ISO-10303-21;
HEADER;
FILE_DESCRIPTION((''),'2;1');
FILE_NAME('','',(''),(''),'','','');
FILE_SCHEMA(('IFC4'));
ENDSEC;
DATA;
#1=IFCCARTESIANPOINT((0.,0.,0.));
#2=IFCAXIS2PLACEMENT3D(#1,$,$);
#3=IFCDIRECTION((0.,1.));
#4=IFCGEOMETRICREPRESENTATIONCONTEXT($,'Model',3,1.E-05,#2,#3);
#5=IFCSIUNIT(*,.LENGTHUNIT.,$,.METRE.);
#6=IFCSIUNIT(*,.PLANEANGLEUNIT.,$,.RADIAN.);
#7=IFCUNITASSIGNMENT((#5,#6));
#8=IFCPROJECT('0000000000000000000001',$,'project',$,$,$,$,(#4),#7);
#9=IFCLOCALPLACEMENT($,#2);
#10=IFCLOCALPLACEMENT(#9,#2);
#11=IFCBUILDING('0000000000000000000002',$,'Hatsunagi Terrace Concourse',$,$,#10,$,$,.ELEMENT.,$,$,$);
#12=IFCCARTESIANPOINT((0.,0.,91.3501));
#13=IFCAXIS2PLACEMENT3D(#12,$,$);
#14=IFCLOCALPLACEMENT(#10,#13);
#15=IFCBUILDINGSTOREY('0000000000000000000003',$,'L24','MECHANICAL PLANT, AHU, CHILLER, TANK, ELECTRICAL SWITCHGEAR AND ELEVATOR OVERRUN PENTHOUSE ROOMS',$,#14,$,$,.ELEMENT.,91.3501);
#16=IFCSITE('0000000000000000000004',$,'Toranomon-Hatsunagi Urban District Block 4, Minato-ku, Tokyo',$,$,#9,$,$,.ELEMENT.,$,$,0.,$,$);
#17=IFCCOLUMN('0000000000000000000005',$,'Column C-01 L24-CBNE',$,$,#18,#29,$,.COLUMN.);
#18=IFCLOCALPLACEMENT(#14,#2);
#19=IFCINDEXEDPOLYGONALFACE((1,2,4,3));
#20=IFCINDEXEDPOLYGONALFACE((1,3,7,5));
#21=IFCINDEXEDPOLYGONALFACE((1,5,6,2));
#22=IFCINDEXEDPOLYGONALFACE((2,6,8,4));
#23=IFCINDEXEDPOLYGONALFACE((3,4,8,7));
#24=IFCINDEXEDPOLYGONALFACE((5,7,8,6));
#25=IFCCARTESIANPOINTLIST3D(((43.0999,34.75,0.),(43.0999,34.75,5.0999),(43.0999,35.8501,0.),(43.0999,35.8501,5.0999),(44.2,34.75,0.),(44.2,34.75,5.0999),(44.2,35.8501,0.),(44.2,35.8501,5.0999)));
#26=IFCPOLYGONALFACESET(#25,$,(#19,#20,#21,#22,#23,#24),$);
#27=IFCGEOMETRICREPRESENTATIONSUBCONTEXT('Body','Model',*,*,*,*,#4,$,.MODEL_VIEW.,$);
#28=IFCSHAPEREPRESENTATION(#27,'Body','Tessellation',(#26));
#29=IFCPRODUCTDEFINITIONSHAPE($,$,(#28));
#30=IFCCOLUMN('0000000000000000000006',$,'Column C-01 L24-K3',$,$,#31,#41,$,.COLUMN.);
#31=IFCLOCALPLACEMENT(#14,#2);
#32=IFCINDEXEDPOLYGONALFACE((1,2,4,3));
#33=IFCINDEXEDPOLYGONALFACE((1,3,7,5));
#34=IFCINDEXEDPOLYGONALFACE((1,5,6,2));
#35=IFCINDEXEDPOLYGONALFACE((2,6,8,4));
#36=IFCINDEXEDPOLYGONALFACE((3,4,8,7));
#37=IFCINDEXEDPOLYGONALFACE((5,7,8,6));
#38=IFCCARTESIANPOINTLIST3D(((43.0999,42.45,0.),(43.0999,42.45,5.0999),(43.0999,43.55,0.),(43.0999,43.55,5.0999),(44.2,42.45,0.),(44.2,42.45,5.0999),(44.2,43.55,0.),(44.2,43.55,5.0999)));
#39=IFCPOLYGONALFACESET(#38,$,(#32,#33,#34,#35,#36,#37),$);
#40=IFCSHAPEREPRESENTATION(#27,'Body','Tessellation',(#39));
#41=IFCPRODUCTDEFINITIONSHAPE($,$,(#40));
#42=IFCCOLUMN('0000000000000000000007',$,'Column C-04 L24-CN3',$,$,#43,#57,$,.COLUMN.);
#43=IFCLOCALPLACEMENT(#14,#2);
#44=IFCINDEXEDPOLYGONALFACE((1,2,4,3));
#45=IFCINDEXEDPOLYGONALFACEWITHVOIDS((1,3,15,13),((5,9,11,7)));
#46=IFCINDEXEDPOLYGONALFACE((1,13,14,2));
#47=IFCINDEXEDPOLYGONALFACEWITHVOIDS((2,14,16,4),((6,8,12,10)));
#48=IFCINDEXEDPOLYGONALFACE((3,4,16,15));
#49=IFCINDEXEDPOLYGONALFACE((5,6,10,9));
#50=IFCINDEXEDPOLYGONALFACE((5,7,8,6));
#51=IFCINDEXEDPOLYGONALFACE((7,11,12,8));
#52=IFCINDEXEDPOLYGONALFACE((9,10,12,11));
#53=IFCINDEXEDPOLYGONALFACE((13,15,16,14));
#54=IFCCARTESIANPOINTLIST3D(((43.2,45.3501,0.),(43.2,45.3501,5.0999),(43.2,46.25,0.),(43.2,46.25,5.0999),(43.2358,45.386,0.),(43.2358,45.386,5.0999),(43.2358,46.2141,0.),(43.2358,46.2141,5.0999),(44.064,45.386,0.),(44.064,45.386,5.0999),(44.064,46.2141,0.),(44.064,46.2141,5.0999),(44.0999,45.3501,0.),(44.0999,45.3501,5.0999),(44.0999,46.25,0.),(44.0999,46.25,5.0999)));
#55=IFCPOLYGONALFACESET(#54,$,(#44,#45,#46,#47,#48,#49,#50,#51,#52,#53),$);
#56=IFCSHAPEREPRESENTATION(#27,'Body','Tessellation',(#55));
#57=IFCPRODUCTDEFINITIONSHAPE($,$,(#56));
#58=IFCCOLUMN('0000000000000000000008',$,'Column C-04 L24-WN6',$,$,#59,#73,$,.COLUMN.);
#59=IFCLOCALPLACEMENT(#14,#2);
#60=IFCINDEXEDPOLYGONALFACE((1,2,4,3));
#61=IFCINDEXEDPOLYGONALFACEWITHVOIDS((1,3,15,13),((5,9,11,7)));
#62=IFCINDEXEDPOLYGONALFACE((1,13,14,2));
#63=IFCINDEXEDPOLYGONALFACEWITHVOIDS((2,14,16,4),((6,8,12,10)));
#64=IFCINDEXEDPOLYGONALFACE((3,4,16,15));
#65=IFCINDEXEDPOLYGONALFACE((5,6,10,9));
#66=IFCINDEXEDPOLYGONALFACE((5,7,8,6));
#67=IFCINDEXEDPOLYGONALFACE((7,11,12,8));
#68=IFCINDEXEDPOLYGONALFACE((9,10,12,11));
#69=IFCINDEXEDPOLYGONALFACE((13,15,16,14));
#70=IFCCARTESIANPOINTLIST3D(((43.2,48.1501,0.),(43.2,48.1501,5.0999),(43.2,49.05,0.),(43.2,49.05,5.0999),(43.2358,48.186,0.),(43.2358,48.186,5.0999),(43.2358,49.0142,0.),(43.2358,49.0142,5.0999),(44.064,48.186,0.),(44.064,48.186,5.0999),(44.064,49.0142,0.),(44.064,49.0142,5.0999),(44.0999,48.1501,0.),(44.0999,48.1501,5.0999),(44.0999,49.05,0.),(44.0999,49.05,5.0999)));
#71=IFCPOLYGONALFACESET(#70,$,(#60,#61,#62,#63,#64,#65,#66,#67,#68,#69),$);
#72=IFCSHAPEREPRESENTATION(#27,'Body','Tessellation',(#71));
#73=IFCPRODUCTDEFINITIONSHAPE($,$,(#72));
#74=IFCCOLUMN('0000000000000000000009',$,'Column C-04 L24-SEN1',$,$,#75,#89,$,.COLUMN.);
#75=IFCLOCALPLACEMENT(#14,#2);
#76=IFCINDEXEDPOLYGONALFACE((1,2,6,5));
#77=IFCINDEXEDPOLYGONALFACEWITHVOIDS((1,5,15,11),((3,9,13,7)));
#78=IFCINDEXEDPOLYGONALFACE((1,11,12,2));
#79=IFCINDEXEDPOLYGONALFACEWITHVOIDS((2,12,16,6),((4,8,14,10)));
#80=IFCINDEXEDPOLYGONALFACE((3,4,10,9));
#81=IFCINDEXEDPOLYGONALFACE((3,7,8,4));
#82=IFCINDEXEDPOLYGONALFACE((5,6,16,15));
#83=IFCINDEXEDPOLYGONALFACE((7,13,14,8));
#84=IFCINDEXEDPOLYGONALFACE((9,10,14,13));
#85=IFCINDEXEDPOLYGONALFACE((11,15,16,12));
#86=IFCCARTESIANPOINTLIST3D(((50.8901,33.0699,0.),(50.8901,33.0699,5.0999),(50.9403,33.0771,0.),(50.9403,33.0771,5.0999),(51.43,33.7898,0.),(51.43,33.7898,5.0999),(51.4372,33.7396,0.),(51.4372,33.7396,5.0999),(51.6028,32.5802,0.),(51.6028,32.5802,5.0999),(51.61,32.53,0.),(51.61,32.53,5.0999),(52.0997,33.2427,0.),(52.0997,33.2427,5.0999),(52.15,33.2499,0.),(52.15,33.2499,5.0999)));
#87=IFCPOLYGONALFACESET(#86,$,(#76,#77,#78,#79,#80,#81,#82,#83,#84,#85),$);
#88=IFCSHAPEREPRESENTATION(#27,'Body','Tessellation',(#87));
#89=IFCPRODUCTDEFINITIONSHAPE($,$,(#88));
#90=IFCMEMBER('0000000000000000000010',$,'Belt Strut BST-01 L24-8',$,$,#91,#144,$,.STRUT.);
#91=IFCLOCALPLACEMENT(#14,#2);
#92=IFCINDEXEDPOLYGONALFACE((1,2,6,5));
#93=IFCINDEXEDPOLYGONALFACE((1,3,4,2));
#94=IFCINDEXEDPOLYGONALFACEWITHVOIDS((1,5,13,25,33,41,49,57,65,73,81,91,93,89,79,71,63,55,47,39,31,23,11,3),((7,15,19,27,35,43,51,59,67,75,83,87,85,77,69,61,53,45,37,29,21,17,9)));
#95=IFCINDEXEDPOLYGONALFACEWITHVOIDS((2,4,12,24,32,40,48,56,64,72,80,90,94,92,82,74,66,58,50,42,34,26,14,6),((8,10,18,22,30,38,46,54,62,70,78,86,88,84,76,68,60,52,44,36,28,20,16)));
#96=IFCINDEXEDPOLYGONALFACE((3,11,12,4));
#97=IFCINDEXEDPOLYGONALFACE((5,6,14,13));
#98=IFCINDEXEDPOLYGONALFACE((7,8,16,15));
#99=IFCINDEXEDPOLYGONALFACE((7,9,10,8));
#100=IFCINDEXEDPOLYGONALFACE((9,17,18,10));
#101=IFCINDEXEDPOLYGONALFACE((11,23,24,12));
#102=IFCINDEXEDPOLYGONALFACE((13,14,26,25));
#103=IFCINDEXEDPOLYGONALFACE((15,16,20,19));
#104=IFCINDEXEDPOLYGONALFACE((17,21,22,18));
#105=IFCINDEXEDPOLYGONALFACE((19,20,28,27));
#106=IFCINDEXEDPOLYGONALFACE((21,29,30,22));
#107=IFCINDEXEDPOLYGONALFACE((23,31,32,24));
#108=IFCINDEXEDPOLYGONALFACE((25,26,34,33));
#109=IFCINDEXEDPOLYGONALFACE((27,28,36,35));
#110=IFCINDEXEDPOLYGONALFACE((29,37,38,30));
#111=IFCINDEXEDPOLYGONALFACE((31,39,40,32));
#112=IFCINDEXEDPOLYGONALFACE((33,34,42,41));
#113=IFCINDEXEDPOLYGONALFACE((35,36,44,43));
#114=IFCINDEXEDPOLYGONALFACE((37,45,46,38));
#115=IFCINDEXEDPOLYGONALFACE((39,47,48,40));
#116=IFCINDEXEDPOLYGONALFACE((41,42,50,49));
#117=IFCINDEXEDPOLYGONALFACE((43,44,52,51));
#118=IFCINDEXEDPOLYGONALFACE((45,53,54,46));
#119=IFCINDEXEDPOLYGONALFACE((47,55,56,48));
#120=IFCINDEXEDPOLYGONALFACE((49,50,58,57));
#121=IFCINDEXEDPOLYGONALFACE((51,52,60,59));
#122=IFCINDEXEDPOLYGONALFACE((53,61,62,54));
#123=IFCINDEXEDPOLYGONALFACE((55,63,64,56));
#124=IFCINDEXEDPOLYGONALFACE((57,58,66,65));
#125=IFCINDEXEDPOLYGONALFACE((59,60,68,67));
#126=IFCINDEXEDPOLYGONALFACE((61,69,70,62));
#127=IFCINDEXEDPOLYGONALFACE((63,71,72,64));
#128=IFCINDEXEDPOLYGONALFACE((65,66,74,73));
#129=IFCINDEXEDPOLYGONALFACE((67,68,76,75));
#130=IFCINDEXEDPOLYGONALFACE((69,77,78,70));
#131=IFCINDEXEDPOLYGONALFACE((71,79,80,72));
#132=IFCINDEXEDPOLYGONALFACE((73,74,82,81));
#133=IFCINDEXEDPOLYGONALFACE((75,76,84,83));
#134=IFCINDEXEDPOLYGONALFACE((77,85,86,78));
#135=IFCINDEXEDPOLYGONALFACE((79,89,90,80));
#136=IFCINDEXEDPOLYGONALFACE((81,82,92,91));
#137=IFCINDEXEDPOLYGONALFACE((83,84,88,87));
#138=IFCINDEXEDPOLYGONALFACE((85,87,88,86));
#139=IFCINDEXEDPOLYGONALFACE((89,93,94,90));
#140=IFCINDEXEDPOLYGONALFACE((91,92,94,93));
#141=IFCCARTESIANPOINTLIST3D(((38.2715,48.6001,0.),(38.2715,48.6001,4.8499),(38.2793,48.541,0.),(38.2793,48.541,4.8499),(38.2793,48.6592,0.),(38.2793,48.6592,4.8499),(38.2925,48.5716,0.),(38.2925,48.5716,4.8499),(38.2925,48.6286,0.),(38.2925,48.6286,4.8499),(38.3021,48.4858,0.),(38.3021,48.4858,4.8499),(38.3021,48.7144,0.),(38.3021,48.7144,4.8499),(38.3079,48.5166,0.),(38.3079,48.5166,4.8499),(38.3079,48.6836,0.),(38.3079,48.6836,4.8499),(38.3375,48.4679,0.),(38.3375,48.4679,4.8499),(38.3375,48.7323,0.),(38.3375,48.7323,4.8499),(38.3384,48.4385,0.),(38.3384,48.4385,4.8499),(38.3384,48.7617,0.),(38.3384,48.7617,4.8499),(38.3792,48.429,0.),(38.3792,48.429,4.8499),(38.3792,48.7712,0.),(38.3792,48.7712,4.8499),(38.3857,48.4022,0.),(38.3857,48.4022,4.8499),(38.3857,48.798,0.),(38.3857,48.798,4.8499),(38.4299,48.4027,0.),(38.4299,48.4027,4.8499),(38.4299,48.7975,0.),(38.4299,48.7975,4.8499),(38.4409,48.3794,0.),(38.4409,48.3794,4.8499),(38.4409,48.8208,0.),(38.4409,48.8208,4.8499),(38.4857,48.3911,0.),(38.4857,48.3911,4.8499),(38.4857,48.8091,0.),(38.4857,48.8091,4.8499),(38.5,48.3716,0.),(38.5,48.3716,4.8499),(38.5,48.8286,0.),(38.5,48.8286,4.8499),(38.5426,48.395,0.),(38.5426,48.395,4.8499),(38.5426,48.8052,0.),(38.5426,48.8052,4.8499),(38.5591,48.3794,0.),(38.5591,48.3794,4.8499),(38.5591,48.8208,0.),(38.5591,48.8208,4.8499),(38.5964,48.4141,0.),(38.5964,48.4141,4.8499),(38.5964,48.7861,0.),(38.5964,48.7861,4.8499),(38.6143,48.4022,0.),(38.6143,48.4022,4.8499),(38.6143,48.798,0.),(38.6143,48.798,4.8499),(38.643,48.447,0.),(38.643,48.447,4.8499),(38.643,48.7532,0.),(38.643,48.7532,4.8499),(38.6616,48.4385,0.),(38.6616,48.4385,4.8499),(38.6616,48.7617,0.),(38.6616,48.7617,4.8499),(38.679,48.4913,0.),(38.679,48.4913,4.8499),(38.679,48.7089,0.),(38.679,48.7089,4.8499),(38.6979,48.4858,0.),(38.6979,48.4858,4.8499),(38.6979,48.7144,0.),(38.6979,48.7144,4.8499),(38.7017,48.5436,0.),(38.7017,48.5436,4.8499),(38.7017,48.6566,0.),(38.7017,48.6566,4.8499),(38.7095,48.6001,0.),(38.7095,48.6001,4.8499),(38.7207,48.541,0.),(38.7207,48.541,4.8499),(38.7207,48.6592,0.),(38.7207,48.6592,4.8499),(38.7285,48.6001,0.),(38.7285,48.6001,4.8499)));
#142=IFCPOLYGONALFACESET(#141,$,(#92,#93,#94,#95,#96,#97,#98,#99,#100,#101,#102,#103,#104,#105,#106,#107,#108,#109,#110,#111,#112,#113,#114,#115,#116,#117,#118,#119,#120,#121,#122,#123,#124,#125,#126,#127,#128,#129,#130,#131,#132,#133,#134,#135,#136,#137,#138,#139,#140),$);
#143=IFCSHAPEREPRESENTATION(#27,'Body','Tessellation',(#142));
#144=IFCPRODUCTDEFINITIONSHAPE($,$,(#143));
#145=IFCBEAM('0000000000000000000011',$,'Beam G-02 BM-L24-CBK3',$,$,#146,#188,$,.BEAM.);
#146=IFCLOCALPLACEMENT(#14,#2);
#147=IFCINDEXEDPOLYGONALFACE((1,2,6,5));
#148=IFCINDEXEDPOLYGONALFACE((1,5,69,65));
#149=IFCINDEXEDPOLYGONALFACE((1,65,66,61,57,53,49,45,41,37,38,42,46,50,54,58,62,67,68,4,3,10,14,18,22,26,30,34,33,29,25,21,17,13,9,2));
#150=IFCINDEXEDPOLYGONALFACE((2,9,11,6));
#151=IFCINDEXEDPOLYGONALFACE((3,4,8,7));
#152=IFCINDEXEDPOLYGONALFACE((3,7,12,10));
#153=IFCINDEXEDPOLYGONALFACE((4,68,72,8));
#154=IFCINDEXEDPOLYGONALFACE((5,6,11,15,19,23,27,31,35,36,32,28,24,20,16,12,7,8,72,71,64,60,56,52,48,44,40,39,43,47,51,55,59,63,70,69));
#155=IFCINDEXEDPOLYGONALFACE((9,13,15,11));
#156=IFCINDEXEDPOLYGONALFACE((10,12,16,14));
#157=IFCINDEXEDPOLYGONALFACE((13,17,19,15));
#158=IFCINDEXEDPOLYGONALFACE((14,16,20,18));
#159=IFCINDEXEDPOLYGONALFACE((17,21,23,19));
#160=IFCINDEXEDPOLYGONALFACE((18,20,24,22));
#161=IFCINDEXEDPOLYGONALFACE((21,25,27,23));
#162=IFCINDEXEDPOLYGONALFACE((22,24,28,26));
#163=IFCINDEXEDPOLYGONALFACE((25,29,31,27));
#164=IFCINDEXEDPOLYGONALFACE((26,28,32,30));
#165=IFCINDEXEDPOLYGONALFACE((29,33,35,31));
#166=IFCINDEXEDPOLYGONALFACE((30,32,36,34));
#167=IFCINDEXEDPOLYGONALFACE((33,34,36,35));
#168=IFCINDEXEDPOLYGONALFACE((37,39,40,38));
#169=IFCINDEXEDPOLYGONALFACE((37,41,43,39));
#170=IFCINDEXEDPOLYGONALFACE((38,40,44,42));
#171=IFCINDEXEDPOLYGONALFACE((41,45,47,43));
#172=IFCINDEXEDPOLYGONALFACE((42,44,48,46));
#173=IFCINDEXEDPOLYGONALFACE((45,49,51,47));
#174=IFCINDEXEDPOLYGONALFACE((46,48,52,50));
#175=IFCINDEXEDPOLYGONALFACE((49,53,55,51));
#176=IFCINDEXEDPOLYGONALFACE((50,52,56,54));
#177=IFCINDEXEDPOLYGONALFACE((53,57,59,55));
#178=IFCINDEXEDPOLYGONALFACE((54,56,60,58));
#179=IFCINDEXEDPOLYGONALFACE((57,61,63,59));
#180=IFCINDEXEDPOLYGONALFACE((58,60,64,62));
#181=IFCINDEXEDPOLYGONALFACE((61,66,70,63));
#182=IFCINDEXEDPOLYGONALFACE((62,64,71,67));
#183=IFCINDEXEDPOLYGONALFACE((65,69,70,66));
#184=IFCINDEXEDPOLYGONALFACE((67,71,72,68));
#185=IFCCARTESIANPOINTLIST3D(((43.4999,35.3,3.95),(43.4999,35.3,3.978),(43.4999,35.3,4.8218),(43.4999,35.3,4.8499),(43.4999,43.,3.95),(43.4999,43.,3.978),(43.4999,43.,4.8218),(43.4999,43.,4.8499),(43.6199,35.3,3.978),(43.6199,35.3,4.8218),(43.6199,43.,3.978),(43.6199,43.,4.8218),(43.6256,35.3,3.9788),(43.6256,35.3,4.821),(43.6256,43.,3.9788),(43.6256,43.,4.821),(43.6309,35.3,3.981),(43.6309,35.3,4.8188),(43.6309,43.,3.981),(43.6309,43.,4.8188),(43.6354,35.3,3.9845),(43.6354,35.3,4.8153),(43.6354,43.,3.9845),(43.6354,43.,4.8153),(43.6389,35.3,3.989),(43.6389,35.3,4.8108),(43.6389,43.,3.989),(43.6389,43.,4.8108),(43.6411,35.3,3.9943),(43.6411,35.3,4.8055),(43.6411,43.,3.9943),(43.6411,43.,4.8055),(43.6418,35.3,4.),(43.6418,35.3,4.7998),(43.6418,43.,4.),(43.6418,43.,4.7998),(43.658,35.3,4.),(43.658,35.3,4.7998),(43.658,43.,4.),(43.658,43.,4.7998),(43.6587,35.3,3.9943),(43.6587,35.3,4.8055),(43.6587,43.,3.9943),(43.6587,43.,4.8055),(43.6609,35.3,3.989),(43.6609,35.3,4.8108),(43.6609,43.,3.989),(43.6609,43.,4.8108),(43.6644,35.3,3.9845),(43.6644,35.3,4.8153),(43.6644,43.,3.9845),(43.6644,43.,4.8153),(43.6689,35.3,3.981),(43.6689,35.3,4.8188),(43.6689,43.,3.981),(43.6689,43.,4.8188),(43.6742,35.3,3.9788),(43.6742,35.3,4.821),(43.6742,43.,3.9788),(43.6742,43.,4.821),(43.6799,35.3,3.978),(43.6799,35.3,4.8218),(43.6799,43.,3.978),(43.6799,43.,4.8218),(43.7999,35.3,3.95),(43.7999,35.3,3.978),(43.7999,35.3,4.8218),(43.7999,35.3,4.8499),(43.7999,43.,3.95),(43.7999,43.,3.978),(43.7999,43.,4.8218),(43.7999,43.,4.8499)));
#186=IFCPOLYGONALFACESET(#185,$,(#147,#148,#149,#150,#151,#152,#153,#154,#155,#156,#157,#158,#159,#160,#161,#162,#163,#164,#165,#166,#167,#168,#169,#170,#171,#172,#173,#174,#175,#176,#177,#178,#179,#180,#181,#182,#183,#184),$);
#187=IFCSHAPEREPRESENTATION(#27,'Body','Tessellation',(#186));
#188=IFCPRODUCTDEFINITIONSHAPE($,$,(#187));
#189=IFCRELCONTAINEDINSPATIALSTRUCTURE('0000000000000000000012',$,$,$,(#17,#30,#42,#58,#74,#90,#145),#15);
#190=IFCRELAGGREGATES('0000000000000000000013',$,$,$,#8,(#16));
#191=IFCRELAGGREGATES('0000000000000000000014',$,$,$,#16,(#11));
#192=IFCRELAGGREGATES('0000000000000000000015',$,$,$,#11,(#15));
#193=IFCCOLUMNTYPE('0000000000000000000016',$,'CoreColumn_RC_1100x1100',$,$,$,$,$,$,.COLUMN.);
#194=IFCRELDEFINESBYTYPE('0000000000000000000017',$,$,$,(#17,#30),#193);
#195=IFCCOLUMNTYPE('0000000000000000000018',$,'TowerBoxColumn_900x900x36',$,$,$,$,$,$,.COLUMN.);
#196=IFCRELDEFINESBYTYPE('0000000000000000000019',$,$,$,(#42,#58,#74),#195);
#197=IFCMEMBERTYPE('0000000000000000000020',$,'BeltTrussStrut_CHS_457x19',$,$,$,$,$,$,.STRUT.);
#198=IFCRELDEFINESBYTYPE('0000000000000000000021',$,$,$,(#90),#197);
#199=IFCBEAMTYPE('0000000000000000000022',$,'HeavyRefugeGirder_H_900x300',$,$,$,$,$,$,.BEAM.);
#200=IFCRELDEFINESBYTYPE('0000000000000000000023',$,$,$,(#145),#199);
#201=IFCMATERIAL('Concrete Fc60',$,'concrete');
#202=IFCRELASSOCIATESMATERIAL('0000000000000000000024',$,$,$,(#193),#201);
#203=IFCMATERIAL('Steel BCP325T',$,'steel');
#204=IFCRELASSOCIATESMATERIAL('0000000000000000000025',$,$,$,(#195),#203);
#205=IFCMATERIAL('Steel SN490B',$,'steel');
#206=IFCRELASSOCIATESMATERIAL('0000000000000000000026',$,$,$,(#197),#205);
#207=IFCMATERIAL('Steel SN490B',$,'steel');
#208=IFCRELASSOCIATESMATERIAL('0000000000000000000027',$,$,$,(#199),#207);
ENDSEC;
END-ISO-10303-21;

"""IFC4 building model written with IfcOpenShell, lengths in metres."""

from ifc_helpers import new_model, si_unit, direction, frame, origin, origin_2d, place, context, subcontext, project, spatial, rectangle, hollow_rectangle, hollow_circle, i_section, extrude, material, material_profile, profile_set, type_object, element, save


model = new_model("IFC4")

# Units and contexts
model_context = context("Model", 3, precision=1e-05, world=origin(), true_north=direction((0.0, 1.0)))
body_context = subcontext(model_context, "Body", "Model", "MODEL_VIEW")
ifc_project = project(units=[si_unit("LENGTHUNIT", "METRE"), si_unit("PLANEANGLEUNIT", "RADIAN")], contexts=[model_context])

# Site, building, storey
site_placement = place(None, origin())
site = spatial("IfcSite", under=ifc_project, at=site_placement, Name="Toranomon-Hatsunagi Urban District Block 4, Minato-ku, Tokyo", CompositionType="ELEMENT", RefElevation=0.0)
building_placement = place(site_placement, origin())
building = spatial("IfcBuilding", under=site, at=building_placement, Name="Hatsunagi Terrace Concourse", CompositionType="ELEMENT")
storey_placement = place(building_placement, frame((0.0, 0.0, 91.3501)))
storey = spatial("IfcBuildingStorey", under=building, at=storey_placement, Name="L24", Description="MECHANICAL PLANT, AHU, CHILLER, TANK, ELECTRICAL SWITCHGEAR AND ELEVATOR OVERRUN PENTHOUSE ROOMS", CompositionType="ELEMENT", Elevation=91.3501)

# Columns
ifc_material_1 = material(Name="Concrete Fc60", Category="concrete")
ifc_material_profile_1 = material_profile(ifc_material_1, rectangle(XDim=1.1001, YDim=1.1001, at=origin_2d()), Name="RC-1100x1100")
ifc_profile_set_1 = profile_set([ifc_material_profile_1], Name="Concrete Fc60")
column_type_1 = type_object("IfcColumnType", Name="CoreColumn_RC_1100x1100", PredefinedType="COLUMN", material=ifc_profile_set_1)
for number, where, z_axis, x_axis, name in (
    (1, (43.6499, 35.3, 0.0), (0.0, 0.0, 1.0), (1.0, 0.0, 0.0), "Column C-01 L24-CBNE"),
    (2, (43.6499, 43.0, 0.0), (0.0, 0.0, 1.0), (1.0, 0.0, 0.0), "Column C-01 L24-K3"),
):
    element("IfcColumn", number, at=place(storey_placement, frame(where, z_axis=z_axis, x_axis=x_axis)), inside=storey, type_object=column_type_1, Name=name, PredefinedType="COLUMN", context=body_context, shape_type="SweptSolid", body=[
        extrude(rectangle(XDim=1.1001, YDim=1.1001, at=origin_2d()), origin(), (0.0, 0.0, 1.0), 5.0999),
    ])
ifc_material_2 = material(Name="Steel BCP325T", Category="steel")
ifc_material_profile_2 = material_profile(ifc_material_2, hollow_rectangle(XDim=0.8999, YDim=0.8999, WallThickness=0.0359, at=origin_2d()), Name="BCP-900x900x36")
ifc_profile_set_2 = profile_set([ifc_material_profile_2], Name="Steel BCP325T")
column_type_2 = type_object("IfcColumnType", Name="TowerBoxColumn_900x900x36", PredefinedType="COLUMN", material=ifc_profile_set_2)
for number, where, z_axis, x_axis, name in (
    (3, (43.6499, 45.8, 0.0), (0.0, 0.0, 1.0), (1.0, 0.0, 0.0), "Column C-04 L24-CN3"),
    (4, (43.6499, 48.6001, 0.0), (0.0, 0.0, 1.0), (1.0, 0.0, 0.0), "Column C-04 L24-WN6"),
    (5, (51.52, 33.1599, 0.0), (0.0, 0.0, 1.0), (0.8, -0.6, 0.0), "Column C-04 L24-SEN1"),
):
    element("IfcColumn", number, at=place(storey_placement, frame(where, z_axis=z_axis, x_axis=x_axis)), inside=storey, type_object=column_type_2, Name=name, PredefinedType="COLUMN", context=body_context, shape_type="SweptSolid", body=[
        extrude(hollow_rectangle(XDim=0.8999, YDim=0.8999, WallThickness=0.0359, at=origin_2d()), origin(), (0.0, 0.0, 1.0), 5.0999),
    ])

# Member
ifc_material_3 = material(Name="Steel SN490B", Category="steel")
ifc_material_profile_3 = material_profile(ifc_material_3, hollow_circle(Radius=0.2285, WallThickness=0.019, at=origin_2d()), Name="CHS-457.2x19")
ifc_profile_set_3 = profile_set([ifc_material_profile_3], Name="Steel SN490B")
member_type_1 = type_object("IfcMemberType", Name="BeltTrussStrut_CHS_457x19", PredefinedType="STRUT", material=ifc_profile_set_3)
member_1_placement = place(storey_placement, frame((38.5, 48.6001, 0.0), z_axis=(0.0, 0.0, 1.0), x_axis=(1.0, 0.0, 0.0)))
element("IfcMember", 6, at=member_1_placement, inside=storey, type_object=member_type_1, Name="Belt Strut BST-01 L24-8", PredefinedType="STRUT", context=body_context, shape_type="SweptSolid", body=[
    extrude(hollow_circle(Radius=0.2285, WallThickness=0.019, at=origin_2d()), origin(), (0.0, 0.0, 1.0), 4.8499),
])

# Beam
ifc_material_4 = material(Name="Steel SN490B", Category="steel")
ifc_material_profile_4 = material_profile(ifc_material_4, i_section(OverallWidth=0.3, OverallDepth=0.8999, WebThickness=0.0161, FlangeThickness=0.0281, FilletRadius=0.022, at=origin_2d()), Name="H-900x300x16x28")
ifc_profile_set_4 = profile_set([ifc_material_profile_4], Name="Steel SN490B")
beam_type_1 = type_object("IfcBeamType", Name="HeavyRefugeGirder_H_900x300", PredefinedType="BEAM", material=ifc_profile_set_4)
beam_1_placement = place(storey_placement, frame((43.6499, 35.3, 4.3999), z_axis=(0.0, 1.0, 0.0), x_axis=(-1.0, 0.0, 0.0)))
element("IfcBeam", 7, at=beam_1_placement, inside=storey, type_object=beam_type_1, Name="Beam G-02 BM-L24-CBK3", PredefinedType="BEAM", context=body_context, shape_type="SweptSolid", body=[
    extrude(i_section(OverallWidth=0.3, OverallDepth=0.8999, WebThickness=0.0161, FlangeThickness=0.0281, FilletRadius=0.022, at=origin_2d()), origin(), (0.0, 0.0, 1.0), 7.7),
])

save(model, "model.ifc")
